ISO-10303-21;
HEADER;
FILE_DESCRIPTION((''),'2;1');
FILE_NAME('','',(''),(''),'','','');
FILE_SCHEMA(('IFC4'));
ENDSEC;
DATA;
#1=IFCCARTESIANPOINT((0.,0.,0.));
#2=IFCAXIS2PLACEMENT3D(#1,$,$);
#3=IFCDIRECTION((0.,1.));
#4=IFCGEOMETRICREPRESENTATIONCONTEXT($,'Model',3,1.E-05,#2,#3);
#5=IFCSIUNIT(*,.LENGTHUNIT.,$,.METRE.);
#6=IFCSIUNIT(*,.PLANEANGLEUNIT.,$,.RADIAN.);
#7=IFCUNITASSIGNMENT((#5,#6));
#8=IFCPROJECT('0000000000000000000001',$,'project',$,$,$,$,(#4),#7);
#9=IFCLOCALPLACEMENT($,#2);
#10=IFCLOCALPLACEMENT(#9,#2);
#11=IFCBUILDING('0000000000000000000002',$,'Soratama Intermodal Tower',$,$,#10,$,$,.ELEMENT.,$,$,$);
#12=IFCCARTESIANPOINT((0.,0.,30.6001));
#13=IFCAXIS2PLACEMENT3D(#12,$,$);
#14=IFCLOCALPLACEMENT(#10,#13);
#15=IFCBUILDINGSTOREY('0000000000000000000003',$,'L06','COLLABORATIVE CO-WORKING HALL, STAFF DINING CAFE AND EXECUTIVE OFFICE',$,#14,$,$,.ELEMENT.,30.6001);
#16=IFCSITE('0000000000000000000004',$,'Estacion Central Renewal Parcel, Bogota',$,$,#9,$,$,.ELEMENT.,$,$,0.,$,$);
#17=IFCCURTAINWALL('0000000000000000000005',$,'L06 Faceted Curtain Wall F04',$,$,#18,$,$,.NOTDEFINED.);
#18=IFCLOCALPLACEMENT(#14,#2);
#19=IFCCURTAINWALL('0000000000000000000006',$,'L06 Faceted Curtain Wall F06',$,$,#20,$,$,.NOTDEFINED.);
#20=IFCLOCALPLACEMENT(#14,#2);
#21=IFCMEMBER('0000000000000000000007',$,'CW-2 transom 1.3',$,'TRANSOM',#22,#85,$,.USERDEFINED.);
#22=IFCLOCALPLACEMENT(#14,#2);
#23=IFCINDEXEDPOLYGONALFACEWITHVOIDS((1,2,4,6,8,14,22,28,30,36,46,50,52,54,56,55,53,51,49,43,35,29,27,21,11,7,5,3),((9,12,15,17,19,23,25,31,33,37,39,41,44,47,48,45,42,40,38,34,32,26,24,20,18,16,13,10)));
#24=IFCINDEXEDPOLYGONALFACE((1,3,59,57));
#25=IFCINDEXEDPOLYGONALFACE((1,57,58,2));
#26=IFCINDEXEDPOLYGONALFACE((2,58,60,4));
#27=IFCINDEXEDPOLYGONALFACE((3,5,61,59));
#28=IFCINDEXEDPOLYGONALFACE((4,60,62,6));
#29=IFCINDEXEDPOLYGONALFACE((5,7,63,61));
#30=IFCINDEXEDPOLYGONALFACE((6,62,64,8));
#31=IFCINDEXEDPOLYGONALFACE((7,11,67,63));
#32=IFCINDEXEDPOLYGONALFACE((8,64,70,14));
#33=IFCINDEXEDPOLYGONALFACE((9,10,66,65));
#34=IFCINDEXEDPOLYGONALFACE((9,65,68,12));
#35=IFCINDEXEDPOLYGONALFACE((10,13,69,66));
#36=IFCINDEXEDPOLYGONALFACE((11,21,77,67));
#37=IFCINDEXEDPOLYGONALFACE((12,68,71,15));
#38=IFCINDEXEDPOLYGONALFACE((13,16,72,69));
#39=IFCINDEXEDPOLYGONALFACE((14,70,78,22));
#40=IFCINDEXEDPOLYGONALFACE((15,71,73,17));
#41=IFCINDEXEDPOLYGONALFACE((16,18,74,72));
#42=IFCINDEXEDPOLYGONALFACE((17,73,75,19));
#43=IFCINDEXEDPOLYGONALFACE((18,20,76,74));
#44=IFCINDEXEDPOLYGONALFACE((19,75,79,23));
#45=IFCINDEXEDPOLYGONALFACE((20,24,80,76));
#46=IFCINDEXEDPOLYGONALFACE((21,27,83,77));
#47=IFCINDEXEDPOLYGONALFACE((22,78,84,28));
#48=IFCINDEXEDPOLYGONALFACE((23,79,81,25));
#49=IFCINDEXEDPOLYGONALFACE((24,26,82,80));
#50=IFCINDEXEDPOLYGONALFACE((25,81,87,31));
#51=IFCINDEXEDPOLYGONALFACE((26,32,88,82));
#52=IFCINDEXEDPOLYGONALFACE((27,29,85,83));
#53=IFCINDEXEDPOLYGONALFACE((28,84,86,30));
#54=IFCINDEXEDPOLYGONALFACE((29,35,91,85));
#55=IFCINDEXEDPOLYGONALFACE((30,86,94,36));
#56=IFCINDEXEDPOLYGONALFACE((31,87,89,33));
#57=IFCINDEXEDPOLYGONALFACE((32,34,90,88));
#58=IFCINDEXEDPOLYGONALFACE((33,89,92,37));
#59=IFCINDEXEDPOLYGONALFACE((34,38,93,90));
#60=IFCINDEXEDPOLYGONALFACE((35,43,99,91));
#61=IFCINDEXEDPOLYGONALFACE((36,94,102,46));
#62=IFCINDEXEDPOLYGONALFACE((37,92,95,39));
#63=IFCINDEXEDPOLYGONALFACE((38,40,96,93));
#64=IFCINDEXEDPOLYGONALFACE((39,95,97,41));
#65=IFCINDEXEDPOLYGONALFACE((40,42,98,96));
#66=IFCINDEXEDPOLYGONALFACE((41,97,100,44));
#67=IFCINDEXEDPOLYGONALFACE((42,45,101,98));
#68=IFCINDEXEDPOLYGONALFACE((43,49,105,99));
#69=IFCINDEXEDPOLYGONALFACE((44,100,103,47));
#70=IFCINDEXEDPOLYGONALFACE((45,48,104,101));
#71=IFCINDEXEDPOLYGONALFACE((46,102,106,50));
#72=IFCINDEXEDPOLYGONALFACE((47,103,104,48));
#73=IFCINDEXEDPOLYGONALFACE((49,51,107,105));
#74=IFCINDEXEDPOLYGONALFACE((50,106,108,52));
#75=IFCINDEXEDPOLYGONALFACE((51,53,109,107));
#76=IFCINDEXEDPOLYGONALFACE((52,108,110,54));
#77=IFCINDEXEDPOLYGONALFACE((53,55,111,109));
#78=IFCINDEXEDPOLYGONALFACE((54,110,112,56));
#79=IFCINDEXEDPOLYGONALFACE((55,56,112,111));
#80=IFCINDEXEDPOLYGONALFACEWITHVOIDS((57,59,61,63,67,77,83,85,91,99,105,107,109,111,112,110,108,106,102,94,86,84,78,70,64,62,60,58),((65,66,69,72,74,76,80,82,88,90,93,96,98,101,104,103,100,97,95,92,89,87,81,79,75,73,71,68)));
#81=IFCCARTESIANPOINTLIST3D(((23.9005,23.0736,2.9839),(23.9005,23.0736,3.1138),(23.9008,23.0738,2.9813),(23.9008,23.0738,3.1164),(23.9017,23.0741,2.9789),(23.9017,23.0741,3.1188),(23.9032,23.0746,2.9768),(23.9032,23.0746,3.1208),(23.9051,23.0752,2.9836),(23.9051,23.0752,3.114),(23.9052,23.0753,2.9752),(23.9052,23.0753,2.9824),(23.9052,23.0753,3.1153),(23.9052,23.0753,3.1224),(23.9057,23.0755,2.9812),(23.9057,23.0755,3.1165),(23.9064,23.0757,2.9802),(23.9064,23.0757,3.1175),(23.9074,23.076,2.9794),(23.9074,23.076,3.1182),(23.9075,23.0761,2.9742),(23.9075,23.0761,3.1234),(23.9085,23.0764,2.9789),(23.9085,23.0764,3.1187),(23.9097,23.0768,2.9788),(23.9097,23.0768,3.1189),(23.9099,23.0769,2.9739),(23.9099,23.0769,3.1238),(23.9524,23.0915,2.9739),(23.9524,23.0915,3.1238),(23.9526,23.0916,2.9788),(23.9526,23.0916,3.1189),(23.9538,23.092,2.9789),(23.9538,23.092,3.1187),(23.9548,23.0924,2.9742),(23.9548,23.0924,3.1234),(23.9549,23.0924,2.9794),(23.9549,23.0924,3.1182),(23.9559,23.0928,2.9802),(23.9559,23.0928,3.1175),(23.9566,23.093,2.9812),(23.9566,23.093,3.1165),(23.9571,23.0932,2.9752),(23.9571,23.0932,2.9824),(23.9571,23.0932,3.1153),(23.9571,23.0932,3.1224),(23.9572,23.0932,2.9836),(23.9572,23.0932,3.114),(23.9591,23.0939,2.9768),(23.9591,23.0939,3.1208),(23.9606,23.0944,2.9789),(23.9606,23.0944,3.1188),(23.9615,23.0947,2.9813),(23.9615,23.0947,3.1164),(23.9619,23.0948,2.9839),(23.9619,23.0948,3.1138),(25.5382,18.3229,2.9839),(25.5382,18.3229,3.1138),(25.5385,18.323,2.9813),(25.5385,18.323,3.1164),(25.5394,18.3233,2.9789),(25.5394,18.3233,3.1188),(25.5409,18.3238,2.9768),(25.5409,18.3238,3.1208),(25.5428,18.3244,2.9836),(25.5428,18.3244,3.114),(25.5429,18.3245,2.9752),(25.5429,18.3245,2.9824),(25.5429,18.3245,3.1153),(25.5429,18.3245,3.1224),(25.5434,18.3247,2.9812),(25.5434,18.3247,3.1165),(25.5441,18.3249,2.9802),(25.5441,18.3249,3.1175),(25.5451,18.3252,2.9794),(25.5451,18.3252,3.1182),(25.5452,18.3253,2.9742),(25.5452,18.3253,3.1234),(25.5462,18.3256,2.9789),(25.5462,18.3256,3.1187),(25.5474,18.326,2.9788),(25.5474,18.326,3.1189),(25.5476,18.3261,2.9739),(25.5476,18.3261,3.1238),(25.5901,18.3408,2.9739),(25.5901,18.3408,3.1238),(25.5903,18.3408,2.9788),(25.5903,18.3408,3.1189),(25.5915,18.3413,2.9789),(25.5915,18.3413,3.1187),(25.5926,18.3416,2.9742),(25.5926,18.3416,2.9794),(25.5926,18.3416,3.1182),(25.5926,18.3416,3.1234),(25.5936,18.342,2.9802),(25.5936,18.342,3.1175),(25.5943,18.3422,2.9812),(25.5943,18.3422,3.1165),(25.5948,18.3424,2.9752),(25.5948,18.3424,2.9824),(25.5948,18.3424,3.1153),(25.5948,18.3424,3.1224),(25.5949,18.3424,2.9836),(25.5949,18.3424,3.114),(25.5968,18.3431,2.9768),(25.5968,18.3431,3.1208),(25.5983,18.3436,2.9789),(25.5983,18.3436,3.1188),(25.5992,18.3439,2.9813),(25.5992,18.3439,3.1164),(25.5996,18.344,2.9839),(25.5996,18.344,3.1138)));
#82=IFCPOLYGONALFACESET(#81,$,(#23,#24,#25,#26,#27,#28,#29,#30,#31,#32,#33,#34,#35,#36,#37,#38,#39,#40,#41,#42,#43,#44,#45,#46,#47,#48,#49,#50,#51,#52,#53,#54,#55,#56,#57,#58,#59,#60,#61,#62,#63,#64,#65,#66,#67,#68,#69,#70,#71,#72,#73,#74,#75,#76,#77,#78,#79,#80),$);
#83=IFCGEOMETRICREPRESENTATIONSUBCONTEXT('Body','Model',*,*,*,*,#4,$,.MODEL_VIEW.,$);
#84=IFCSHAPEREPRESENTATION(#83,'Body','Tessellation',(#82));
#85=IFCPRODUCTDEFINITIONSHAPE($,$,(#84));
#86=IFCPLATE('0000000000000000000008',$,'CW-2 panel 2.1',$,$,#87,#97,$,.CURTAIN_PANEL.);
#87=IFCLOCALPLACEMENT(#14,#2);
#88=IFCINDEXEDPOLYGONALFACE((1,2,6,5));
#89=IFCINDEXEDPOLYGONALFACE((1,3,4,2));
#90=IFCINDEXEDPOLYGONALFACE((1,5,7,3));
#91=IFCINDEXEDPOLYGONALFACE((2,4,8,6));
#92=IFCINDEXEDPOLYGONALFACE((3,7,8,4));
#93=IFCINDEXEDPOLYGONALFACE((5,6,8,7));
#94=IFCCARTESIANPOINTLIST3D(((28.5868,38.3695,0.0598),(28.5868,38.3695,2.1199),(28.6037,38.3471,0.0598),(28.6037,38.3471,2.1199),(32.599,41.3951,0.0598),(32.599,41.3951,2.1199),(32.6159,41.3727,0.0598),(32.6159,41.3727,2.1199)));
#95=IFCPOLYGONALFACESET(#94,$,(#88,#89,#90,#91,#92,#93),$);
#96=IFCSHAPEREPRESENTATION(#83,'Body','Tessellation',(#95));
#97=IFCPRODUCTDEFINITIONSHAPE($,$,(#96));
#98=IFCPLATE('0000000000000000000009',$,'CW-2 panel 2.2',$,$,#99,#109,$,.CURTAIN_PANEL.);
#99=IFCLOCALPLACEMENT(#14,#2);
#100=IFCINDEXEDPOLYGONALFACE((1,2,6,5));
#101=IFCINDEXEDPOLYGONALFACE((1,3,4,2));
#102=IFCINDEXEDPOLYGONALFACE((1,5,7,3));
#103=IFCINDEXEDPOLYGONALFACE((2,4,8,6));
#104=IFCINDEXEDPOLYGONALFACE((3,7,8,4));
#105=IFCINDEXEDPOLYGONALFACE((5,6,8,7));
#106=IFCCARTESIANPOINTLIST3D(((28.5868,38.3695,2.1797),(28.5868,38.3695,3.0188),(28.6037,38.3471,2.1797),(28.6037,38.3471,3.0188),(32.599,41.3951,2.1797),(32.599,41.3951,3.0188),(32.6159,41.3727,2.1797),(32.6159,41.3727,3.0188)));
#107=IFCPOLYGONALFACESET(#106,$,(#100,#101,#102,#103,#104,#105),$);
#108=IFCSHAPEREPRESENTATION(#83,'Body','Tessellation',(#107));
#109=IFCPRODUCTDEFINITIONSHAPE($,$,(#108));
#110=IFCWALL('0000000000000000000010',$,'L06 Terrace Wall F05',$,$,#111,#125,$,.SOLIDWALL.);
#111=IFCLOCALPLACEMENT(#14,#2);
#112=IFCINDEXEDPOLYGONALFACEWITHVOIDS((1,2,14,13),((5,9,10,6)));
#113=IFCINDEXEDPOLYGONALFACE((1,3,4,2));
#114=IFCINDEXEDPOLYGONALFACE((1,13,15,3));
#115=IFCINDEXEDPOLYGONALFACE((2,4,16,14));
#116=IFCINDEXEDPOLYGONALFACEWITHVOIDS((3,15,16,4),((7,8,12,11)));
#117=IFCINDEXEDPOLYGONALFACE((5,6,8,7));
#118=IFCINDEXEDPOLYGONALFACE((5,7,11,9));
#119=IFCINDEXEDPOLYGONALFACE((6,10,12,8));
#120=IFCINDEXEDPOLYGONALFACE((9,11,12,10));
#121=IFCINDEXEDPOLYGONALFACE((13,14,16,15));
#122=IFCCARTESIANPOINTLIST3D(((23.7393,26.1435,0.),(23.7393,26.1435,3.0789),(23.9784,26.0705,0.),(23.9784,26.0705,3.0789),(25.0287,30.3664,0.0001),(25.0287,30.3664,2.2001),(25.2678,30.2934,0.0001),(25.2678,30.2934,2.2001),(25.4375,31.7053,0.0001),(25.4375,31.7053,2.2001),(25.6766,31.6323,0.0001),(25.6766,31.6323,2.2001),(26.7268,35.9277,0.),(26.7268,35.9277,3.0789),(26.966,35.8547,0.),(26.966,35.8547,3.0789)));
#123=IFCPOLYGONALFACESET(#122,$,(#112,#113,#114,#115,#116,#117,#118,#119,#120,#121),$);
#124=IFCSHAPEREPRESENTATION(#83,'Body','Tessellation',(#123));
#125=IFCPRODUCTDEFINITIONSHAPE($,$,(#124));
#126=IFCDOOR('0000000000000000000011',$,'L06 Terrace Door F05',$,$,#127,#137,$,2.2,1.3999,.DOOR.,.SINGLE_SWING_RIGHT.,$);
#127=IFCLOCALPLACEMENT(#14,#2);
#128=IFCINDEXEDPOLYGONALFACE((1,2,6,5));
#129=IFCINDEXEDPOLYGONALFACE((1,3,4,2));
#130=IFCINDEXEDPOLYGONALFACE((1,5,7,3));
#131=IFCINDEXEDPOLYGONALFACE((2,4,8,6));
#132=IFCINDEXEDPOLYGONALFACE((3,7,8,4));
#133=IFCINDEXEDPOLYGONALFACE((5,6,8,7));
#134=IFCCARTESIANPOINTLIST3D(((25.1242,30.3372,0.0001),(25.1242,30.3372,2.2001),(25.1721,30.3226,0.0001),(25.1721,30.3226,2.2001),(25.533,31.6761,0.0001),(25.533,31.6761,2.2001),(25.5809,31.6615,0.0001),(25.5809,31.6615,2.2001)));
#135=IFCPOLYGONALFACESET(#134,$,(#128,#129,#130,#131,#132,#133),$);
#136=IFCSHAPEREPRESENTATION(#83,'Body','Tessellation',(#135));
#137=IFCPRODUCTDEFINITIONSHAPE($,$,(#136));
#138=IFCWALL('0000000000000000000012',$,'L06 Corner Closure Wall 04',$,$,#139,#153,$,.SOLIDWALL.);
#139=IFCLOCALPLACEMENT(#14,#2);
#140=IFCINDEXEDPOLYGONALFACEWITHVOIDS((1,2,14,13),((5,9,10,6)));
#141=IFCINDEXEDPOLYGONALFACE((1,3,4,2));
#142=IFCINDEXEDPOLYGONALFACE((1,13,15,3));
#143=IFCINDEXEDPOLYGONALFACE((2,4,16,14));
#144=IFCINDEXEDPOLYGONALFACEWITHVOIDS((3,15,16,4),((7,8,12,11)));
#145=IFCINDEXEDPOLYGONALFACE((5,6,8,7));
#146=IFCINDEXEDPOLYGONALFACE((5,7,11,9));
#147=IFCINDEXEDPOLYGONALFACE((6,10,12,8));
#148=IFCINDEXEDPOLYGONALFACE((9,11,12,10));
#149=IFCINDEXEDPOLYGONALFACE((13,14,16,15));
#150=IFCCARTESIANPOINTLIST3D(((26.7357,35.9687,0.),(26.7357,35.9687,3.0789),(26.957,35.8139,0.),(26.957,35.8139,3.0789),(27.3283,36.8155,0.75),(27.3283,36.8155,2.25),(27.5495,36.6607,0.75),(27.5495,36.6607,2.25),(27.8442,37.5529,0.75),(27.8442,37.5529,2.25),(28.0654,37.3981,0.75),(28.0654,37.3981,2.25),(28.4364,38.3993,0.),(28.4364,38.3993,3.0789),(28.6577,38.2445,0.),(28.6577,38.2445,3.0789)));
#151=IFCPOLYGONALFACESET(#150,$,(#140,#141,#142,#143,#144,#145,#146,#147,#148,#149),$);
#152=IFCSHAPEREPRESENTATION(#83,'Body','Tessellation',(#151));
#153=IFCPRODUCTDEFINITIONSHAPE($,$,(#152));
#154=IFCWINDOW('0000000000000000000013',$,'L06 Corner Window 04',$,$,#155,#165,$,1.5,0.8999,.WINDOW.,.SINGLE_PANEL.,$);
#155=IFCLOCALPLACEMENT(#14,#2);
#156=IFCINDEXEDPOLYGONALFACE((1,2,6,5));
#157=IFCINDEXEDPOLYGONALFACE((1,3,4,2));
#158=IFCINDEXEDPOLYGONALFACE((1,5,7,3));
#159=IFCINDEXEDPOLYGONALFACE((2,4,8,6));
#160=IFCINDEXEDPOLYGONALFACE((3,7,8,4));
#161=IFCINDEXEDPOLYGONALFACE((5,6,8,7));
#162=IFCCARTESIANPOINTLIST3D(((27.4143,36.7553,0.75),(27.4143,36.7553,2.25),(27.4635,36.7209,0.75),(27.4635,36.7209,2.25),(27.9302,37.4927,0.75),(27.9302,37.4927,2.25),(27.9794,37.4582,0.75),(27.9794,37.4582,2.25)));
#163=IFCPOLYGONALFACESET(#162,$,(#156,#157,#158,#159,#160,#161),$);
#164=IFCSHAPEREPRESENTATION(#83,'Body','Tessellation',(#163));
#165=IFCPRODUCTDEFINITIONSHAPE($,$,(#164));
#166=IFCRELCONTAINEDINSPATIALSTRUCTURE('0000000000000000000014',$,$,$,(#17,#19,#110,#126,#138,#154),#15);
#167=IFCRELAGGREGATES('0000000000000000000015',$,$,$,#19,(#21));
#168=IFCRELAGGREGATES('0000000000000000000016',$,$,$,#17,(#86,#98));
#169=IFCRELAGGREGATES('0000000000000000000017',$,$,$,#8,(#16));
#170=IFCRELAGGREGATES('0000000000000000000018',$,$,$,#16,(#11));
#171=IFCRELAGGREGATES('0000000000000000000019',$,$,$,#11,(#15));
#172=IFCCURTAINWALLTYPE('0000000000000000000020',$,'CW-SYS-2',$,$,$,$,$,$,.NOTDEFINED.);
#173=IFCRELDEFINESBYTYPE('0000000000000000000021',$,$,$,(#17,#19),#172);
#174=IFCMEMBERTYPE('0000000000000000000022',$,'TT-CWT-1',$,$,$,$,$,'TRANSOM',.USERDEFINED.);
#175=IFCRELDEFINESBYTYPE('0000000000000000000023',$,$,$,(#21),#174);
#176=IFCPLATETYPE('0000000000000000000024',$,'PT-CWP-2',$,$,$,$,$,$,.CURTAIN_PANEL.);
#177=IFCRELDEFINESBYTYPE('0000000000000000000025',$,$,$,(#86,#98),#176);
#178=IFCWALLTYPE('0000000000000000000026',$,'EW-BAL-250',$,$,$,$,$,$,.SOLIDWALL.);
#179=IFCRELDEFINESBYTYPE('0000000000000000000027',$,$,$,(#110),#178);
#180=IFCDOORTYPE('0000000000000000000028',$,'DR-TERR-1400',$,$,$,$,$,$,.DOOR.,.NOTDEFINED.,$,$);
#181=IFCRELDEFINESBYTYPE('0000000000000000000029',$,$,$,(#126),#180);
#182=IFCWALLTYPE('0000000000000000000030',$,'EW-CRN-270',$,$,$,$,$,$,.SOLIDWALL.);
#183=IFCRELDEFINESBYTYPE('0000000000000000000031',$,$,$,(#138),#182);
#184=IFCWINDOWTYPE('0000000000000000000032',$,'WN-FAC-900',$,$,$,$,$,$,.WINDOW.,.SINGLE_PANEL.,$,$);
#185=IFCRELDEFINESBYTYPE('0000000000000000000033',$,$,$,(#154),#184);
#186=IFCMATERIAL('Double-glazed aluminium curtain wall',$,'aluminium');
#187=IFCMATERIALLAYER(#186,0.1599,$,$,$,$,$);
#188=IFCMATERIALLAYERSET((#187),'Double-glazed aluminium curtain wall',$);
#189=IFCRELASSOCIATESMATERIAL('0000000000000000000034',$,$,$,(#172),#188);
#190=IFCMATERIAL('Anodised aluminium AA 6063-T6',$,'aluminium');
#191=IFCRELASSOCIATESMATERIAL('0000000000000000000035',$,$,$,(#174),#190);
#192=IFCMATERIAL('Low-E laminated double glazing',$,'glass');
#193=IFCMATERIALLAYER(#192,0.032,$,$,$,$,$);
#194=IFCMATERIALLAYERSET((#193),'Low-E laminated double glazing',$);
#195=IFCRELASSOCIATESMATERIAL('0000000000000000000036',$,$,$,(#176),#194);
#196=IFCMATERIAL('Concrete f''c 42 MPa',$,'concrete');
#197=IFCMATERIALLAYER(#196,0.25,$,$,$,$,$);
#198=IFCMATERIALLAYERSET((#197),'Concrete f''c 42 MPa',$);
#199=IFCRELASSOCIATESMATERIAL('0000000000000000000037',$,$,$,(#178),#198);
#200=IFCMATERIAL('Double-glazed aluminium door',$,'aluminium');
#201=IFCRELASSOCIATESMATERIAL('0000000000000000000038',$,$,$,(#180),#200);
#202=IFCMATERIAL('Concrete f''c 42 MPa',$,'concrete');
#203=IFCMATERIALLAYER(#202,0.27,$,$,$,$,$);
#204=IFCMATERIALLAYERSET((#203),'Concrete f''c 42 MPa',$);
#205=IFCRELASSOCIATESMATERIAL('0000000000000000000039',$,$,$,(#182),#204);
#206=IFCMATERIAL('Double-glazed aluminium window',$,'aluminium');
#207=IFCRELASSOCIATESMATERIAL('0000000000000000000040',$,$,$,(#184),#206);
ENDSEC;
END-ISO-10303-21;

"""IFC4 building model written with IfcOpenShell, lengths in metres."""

from ifc_helpers import new_model, si_unit, direction, frame, frame_2d, origin, origin_2d, place, context, subcontext, project, spatial, rectangle, hollow_rectangle, extrude, material, layer, layer_set, material_profile, profile_set, type_object, element, fill, aggregate, save


model = new_model("IFC4")

# Units and contexts
model_context = context("Model", 3, precision=1e-05, world=origin(), true_north=direction((0.0, 1.0)))
body_context = subcontext(model_context, "Body", "Model", "MODEL_VIEW")
ifc_project = project(units=[si_unit("LENGTHUNIT", "METRE"), si_unit("PLANEANGLEUNIT", "RADIAN")], contexts=[model_context])

# Site, building, storey
site_placement = place(None, origin())
site = spatial("IfcSite", under=ifc_project, at=site_placement, Name="Estacion Central Renewal Parcel, Bogota", CompositionType="ELEMENT", RefElevation=0.0)
building_placement = place(site_placement, origin())
building = spatial("IfcBuilding", under=site, at=building_placement, Name="Soratama Intermodal Tower", CompositionType="ELEMENT")
storey_placement = place(building_placement, frame((0.0, 0.0, 30.6001)))
storey = spatial("IfcBuildingStorey", under=building, at=storey_placement, Name="L06", Description="COLLABORATIVE CO-WORKING HALL, STAFF DINING CAFE AND EXECUTIVE OFFICE", CompositionType="ELEMENT", Elevation=30.6001)

# Curtain wall
ifc_material_1 = material(Name="Double-glazed aluminium curtain wall", Category="aluminium")
ifc_layer_1 = layer(ifc_material_1, 0.1599)
ifc_layer_set_1 = layer_set([ifc_layer_1], Name="Double-glazed aluminium curtain wall")
curtain_wall_type = type_object("IfcCurtainWallType", Name="CW-SYS-2", PredefinedType="NOTDEFINED", material=ifc_layer_set_1)
curtain_wall_1_placement = place(storey_placement, origin())
curtain_wall_1 = element("IfcCurtainWall", 1, at=curtain_wall_1_placement, inside=storey, type_object=curtain_wall_type, Name="L06 Faceted Curtain Wall F04", PredefinedType="NOTDEFINED")

# Curtain wall, member
curtain_wall_2_placement = place(storey_placement, origin())
curtain_wall_2 = element("IfcCurtainWall", 2, at=curtain_wall_2_placement, inside=storey, type_object=curtain_wall_type, Name="L06 Faceted Curtain Wall F06", PredefinedType="NOTDEFINED")
ifc_material_2 = material(Name="Anodised aluminium AA 6063-T6", Category="aluminium")
ifc_material_profile_1 = material_profile(ifc_material_2, hollow_rectangle(XDim=0.0649, YDim=0.1499, WallThickness=0.0049, InnerFilletRadius=0.0049, OuterFilletRadius=0.01, at=origin_2d()), Name="CWT150X65X5")
ifc_profile_set_1 = profile_set([ifc_material_profile_1], Name="Anodised aluminium AA 6063-T6")
member_type_1 = type_object("IfcMemberType", Name="TT-CWT-1", ElementType="TRANSOM", PredefinedType="USERDEFINED", material=ifc_profile_set_1)
member_1_placement = place(storey_placement, frame((23.9312, 23.0842, 3.0488), z_axis=(0.325904, -0.945403, 0.0), x_axis=(0.945403, 0.325904, 0.0)))
member_1 = element("IfcMember", 3, at=member_1_placement, type_object=member_type_1, Name="CW-2 transom 1.3", ObjectType="TRANSOM", PredefinedType="USERDEFINED", context=body_context, shape_type="SweptSolid", body=[
    extrude(hollow_rectangle(XDim=0.0649, YDim=0.1499, WallThickness=0.0049, InnerFilletRadius=0.0049, OuterFilletRadius=0.01, at=origin_2d()), origin(), (0.0, 0.0, 1.0), 5.0251),
])
aggregate(curtain_wall_2, [member_1])

# Plates
ifc_material_3 = material(Name="Low-E laminated double glazing", Category="glass")
ifc_layer_2 = layer(ifc_material_3, 0.032)
ifc_layer_set_2 = layer_set([ifc_layer_2], Name="Low-E laminated double glazing")
plate_type = type_object("IfcPlateType", Name="PT-CWP-2", PredefinedType="CURTAIN_PANEL", material=ifc_layer_set_2)
plate_1_placement = place(storey_placement, frame((30.6013, 39.8711, 0.0598), z_axis=(0.0, 0.0, 1.0), x_axis=(-0.798428, -0.602091, 0.0)))
plate_1 = element("IfcPlate", 4, at=plate_1_placement, type_object=plate_type, Name="CW-2 panel 2.1", PredefinedType="CURTAIN_PANEL", context=body_context, shape_type="SweptSolid", body=[
    extrude(rectangle(XDim=5.0251, YDim=0.0281, at=origin_2d()), origin(), (0.0, 0.0, 1.0), 2.0601),
])
plate_2_placement = place(storey_placement, frame((30.6013, 39.8711, 2.1797), z_axis=(0.0, 0.0, 1.0), x_axis=(-0.798428, -0.602091, 0.0)))
plate_2 = element("IfcPlate", 5, at=plate_2_placement, type_object=plate_type, Name="CW-2 panel 2.2", PredefinedType="CURTAIN_PANEL", context=body_context, shape_type="SweptSolid", body=[
    extrude(rectangle(XDim=5.0251, YDim=0.0281, at=origin_2d()), origin(), (0.0, 0.0, 1.0), 0.8391),
])
aggregate(curtain_wall_1, [plate_1, plate_2])

# Wall, opening, door
ifc_material_4 = material(Name="Concrete f'c 42 MPa", Category="concrete")
ifc_layer_3 = layer(ifc_material_4, 0.25)
ifc_layer_set_3 = layer_set([ifc_layer_3], Name="Concrete f'c 42 MPa")
wall_type_1 = type_object("IfcWallType", Name="EW-BAL-250", PredefinedType="SOLIDWALL", material=ifc_layer_set_3)
wall_1_placement = place(storey_placement, frame((26.8464, 35.8914, 0.0), z_axis=(0.0, 0.0, 1.0), x_axis=(-0.292034, -0.956408, 0.0)))
wall_1 = element("IfcWall", 6, at=wall_1_placement, inside=storey, type_object=wall_type_1, Name="L06 Terrace Wall F05", PredefinedType="SOLIDWALL", context=body_context, shape_type="SweptSolid", body=[
    extrude(rectangle(XDim=10.2302, YDim=0.25, at=frame_2d((5.1152, 0.0))), origin(), (0.0, 0.0, 1.0), 3.0789),
])
opening_1_placement = place(wall_1_placement, frame((4.415, 0.0, 0.0)))
opening_1 = element("IfcOpeningElement", 7, at=opening_1_placement, cuts=wall_1, PredefinedType="OPENING", context=body_context, shape_type="SweptSolid", body=[
    extrude(rectangle(XDim=1.3999, YDim=2.2, at=frame_2d((0.7, 1.1001))), frame((0.0, 0.135, 0.0), z_axis=(0.0, -1.0, 0.0), x_axis=(1.0, 0.0, 0.0)), (0.0, 0.0, 1.0), 0.27),
])
ifc_material_5 = material(Name="Double-glazed aluminium door", Category="aluminium")
door_type = type_object("IfcDoorType", Name="DR-TERR-1400", OperationType="NOTDEFINED", PredefinedType="DOOR", material=ifc_material_5)
door_placement = place(opening_1_placement, origin())
door = element("IfcDoor", 8, at=door_placement, inside=storey, type_object=door_type, Name="L06 Terrace Door F05", OperationType="SINGLE_SWING_RIGHT", OverallHeight=2.2, OverallWidth=1.3999, PredefinedType="DOOR", context=body_context, shape_type="SweptSolid", body=[
    extrude(rectangle(XDim=1.3999, YDim=2.2, at=frame_2d((0.7, 1.1001))), frame((0.0, 0.0249, 0.0), z_axis=(0.0, -1.0, 0.0), x_axis=(1.0, 0.0, 0.0)), (0.0, 0.0, 1.0), 0.05),
])
fill(opening_1, door)

# Wall, opening, window
ifc_material_6 = material(Name="Concrete f'c 42 MPa", Category="concrete")
ifc_layer_4 = layer(ifc_material_6, 0.27)
ifc_layer_set_4 = layer_set([ifc_layer_4], Name="Concrete f'c 42 MPa")
wall_type_2 = type_object("IfcWallType", Name="EW-CRN-270", PredefinedType="SOLIDWALL", material=ifc_layer_set_4)
wall_2_placement = place(storey_placement, frame((28.5471, 38.322, 0.0), z_axis=(0.0, 0.0, 1.0), x_axis=(-0.573286, -0.819356, 0.0)))
wall_2 = element("IfcWall", 9, at=wall_2_placement, inside=storey, type_object=wall_type_2, Name="L06 Corner Closure Wall 04", PredefinedType="SOLIDWALL", context=body_context, shape_type="SweptSolid", body=[
    extrude(rectangle(XDim=2.9666, YDim=0.27, at=frame_2d((1.4834, 0.0))), origin(), (0.0, 0.0, 1.0), 3.0789),
])
opening_2_placement = place(wall_2_placement, frame((1.0332, 0.0, 0.75)))
opening_2 = element("IfcOpeningElement", 10, at=opening_2_placement, cuts=wall_2, PredefinedType="OPENING", context=body_context, shape_type="SweptSolid", body=[
    extrude(rectangle(XDim=0.8999, YDim=1.5, at=frame_2d((0.45, 0.75))), frame((0.0, 0.145, 0.0), z_axis=(0.0, -1.0, 0.0), x_axis=(1.0, 0.0, 0.0)), (0.0, 0.0, 1.0), 0.29),
])
ifc_material_7 = material(Name="Double-glazed aluminium window", Category="aluminium")
window_type = type_object("IfcWindowType", Name="WN-FAC-900", PartitioningType="SINGLE_PANEL", PredefinedType="WINDOW", material=ifc_material_7)
window_1_placement = place(opening_2_placement, origin())
window_1 = element("IfcWindow", 11, at=window_1_placement, inside=storey, type_object=window_type, Name="L06 Corner Window 04", OverallHeight=1.5, OverallWidth=0.8999, PartitioningType="SINGLE_PANEL", PredefinedType="WINDOW", context=body_context, shape_type="SweptSolid", body=[
    extrude(rectangle(XDim=0.8999, YDim=1.5, at=frame_2d((0.45, 0.75))), frame((0.0, 0.03, 0.0), z_axis=(0.0, -1.0, 0.0), x_axis=(1.0, 0.0, 0.0)), (0.0, 0.0, 1.0), 0.0601),
])
fill(opening_2, window_1)

save(model, "model.ifc")
